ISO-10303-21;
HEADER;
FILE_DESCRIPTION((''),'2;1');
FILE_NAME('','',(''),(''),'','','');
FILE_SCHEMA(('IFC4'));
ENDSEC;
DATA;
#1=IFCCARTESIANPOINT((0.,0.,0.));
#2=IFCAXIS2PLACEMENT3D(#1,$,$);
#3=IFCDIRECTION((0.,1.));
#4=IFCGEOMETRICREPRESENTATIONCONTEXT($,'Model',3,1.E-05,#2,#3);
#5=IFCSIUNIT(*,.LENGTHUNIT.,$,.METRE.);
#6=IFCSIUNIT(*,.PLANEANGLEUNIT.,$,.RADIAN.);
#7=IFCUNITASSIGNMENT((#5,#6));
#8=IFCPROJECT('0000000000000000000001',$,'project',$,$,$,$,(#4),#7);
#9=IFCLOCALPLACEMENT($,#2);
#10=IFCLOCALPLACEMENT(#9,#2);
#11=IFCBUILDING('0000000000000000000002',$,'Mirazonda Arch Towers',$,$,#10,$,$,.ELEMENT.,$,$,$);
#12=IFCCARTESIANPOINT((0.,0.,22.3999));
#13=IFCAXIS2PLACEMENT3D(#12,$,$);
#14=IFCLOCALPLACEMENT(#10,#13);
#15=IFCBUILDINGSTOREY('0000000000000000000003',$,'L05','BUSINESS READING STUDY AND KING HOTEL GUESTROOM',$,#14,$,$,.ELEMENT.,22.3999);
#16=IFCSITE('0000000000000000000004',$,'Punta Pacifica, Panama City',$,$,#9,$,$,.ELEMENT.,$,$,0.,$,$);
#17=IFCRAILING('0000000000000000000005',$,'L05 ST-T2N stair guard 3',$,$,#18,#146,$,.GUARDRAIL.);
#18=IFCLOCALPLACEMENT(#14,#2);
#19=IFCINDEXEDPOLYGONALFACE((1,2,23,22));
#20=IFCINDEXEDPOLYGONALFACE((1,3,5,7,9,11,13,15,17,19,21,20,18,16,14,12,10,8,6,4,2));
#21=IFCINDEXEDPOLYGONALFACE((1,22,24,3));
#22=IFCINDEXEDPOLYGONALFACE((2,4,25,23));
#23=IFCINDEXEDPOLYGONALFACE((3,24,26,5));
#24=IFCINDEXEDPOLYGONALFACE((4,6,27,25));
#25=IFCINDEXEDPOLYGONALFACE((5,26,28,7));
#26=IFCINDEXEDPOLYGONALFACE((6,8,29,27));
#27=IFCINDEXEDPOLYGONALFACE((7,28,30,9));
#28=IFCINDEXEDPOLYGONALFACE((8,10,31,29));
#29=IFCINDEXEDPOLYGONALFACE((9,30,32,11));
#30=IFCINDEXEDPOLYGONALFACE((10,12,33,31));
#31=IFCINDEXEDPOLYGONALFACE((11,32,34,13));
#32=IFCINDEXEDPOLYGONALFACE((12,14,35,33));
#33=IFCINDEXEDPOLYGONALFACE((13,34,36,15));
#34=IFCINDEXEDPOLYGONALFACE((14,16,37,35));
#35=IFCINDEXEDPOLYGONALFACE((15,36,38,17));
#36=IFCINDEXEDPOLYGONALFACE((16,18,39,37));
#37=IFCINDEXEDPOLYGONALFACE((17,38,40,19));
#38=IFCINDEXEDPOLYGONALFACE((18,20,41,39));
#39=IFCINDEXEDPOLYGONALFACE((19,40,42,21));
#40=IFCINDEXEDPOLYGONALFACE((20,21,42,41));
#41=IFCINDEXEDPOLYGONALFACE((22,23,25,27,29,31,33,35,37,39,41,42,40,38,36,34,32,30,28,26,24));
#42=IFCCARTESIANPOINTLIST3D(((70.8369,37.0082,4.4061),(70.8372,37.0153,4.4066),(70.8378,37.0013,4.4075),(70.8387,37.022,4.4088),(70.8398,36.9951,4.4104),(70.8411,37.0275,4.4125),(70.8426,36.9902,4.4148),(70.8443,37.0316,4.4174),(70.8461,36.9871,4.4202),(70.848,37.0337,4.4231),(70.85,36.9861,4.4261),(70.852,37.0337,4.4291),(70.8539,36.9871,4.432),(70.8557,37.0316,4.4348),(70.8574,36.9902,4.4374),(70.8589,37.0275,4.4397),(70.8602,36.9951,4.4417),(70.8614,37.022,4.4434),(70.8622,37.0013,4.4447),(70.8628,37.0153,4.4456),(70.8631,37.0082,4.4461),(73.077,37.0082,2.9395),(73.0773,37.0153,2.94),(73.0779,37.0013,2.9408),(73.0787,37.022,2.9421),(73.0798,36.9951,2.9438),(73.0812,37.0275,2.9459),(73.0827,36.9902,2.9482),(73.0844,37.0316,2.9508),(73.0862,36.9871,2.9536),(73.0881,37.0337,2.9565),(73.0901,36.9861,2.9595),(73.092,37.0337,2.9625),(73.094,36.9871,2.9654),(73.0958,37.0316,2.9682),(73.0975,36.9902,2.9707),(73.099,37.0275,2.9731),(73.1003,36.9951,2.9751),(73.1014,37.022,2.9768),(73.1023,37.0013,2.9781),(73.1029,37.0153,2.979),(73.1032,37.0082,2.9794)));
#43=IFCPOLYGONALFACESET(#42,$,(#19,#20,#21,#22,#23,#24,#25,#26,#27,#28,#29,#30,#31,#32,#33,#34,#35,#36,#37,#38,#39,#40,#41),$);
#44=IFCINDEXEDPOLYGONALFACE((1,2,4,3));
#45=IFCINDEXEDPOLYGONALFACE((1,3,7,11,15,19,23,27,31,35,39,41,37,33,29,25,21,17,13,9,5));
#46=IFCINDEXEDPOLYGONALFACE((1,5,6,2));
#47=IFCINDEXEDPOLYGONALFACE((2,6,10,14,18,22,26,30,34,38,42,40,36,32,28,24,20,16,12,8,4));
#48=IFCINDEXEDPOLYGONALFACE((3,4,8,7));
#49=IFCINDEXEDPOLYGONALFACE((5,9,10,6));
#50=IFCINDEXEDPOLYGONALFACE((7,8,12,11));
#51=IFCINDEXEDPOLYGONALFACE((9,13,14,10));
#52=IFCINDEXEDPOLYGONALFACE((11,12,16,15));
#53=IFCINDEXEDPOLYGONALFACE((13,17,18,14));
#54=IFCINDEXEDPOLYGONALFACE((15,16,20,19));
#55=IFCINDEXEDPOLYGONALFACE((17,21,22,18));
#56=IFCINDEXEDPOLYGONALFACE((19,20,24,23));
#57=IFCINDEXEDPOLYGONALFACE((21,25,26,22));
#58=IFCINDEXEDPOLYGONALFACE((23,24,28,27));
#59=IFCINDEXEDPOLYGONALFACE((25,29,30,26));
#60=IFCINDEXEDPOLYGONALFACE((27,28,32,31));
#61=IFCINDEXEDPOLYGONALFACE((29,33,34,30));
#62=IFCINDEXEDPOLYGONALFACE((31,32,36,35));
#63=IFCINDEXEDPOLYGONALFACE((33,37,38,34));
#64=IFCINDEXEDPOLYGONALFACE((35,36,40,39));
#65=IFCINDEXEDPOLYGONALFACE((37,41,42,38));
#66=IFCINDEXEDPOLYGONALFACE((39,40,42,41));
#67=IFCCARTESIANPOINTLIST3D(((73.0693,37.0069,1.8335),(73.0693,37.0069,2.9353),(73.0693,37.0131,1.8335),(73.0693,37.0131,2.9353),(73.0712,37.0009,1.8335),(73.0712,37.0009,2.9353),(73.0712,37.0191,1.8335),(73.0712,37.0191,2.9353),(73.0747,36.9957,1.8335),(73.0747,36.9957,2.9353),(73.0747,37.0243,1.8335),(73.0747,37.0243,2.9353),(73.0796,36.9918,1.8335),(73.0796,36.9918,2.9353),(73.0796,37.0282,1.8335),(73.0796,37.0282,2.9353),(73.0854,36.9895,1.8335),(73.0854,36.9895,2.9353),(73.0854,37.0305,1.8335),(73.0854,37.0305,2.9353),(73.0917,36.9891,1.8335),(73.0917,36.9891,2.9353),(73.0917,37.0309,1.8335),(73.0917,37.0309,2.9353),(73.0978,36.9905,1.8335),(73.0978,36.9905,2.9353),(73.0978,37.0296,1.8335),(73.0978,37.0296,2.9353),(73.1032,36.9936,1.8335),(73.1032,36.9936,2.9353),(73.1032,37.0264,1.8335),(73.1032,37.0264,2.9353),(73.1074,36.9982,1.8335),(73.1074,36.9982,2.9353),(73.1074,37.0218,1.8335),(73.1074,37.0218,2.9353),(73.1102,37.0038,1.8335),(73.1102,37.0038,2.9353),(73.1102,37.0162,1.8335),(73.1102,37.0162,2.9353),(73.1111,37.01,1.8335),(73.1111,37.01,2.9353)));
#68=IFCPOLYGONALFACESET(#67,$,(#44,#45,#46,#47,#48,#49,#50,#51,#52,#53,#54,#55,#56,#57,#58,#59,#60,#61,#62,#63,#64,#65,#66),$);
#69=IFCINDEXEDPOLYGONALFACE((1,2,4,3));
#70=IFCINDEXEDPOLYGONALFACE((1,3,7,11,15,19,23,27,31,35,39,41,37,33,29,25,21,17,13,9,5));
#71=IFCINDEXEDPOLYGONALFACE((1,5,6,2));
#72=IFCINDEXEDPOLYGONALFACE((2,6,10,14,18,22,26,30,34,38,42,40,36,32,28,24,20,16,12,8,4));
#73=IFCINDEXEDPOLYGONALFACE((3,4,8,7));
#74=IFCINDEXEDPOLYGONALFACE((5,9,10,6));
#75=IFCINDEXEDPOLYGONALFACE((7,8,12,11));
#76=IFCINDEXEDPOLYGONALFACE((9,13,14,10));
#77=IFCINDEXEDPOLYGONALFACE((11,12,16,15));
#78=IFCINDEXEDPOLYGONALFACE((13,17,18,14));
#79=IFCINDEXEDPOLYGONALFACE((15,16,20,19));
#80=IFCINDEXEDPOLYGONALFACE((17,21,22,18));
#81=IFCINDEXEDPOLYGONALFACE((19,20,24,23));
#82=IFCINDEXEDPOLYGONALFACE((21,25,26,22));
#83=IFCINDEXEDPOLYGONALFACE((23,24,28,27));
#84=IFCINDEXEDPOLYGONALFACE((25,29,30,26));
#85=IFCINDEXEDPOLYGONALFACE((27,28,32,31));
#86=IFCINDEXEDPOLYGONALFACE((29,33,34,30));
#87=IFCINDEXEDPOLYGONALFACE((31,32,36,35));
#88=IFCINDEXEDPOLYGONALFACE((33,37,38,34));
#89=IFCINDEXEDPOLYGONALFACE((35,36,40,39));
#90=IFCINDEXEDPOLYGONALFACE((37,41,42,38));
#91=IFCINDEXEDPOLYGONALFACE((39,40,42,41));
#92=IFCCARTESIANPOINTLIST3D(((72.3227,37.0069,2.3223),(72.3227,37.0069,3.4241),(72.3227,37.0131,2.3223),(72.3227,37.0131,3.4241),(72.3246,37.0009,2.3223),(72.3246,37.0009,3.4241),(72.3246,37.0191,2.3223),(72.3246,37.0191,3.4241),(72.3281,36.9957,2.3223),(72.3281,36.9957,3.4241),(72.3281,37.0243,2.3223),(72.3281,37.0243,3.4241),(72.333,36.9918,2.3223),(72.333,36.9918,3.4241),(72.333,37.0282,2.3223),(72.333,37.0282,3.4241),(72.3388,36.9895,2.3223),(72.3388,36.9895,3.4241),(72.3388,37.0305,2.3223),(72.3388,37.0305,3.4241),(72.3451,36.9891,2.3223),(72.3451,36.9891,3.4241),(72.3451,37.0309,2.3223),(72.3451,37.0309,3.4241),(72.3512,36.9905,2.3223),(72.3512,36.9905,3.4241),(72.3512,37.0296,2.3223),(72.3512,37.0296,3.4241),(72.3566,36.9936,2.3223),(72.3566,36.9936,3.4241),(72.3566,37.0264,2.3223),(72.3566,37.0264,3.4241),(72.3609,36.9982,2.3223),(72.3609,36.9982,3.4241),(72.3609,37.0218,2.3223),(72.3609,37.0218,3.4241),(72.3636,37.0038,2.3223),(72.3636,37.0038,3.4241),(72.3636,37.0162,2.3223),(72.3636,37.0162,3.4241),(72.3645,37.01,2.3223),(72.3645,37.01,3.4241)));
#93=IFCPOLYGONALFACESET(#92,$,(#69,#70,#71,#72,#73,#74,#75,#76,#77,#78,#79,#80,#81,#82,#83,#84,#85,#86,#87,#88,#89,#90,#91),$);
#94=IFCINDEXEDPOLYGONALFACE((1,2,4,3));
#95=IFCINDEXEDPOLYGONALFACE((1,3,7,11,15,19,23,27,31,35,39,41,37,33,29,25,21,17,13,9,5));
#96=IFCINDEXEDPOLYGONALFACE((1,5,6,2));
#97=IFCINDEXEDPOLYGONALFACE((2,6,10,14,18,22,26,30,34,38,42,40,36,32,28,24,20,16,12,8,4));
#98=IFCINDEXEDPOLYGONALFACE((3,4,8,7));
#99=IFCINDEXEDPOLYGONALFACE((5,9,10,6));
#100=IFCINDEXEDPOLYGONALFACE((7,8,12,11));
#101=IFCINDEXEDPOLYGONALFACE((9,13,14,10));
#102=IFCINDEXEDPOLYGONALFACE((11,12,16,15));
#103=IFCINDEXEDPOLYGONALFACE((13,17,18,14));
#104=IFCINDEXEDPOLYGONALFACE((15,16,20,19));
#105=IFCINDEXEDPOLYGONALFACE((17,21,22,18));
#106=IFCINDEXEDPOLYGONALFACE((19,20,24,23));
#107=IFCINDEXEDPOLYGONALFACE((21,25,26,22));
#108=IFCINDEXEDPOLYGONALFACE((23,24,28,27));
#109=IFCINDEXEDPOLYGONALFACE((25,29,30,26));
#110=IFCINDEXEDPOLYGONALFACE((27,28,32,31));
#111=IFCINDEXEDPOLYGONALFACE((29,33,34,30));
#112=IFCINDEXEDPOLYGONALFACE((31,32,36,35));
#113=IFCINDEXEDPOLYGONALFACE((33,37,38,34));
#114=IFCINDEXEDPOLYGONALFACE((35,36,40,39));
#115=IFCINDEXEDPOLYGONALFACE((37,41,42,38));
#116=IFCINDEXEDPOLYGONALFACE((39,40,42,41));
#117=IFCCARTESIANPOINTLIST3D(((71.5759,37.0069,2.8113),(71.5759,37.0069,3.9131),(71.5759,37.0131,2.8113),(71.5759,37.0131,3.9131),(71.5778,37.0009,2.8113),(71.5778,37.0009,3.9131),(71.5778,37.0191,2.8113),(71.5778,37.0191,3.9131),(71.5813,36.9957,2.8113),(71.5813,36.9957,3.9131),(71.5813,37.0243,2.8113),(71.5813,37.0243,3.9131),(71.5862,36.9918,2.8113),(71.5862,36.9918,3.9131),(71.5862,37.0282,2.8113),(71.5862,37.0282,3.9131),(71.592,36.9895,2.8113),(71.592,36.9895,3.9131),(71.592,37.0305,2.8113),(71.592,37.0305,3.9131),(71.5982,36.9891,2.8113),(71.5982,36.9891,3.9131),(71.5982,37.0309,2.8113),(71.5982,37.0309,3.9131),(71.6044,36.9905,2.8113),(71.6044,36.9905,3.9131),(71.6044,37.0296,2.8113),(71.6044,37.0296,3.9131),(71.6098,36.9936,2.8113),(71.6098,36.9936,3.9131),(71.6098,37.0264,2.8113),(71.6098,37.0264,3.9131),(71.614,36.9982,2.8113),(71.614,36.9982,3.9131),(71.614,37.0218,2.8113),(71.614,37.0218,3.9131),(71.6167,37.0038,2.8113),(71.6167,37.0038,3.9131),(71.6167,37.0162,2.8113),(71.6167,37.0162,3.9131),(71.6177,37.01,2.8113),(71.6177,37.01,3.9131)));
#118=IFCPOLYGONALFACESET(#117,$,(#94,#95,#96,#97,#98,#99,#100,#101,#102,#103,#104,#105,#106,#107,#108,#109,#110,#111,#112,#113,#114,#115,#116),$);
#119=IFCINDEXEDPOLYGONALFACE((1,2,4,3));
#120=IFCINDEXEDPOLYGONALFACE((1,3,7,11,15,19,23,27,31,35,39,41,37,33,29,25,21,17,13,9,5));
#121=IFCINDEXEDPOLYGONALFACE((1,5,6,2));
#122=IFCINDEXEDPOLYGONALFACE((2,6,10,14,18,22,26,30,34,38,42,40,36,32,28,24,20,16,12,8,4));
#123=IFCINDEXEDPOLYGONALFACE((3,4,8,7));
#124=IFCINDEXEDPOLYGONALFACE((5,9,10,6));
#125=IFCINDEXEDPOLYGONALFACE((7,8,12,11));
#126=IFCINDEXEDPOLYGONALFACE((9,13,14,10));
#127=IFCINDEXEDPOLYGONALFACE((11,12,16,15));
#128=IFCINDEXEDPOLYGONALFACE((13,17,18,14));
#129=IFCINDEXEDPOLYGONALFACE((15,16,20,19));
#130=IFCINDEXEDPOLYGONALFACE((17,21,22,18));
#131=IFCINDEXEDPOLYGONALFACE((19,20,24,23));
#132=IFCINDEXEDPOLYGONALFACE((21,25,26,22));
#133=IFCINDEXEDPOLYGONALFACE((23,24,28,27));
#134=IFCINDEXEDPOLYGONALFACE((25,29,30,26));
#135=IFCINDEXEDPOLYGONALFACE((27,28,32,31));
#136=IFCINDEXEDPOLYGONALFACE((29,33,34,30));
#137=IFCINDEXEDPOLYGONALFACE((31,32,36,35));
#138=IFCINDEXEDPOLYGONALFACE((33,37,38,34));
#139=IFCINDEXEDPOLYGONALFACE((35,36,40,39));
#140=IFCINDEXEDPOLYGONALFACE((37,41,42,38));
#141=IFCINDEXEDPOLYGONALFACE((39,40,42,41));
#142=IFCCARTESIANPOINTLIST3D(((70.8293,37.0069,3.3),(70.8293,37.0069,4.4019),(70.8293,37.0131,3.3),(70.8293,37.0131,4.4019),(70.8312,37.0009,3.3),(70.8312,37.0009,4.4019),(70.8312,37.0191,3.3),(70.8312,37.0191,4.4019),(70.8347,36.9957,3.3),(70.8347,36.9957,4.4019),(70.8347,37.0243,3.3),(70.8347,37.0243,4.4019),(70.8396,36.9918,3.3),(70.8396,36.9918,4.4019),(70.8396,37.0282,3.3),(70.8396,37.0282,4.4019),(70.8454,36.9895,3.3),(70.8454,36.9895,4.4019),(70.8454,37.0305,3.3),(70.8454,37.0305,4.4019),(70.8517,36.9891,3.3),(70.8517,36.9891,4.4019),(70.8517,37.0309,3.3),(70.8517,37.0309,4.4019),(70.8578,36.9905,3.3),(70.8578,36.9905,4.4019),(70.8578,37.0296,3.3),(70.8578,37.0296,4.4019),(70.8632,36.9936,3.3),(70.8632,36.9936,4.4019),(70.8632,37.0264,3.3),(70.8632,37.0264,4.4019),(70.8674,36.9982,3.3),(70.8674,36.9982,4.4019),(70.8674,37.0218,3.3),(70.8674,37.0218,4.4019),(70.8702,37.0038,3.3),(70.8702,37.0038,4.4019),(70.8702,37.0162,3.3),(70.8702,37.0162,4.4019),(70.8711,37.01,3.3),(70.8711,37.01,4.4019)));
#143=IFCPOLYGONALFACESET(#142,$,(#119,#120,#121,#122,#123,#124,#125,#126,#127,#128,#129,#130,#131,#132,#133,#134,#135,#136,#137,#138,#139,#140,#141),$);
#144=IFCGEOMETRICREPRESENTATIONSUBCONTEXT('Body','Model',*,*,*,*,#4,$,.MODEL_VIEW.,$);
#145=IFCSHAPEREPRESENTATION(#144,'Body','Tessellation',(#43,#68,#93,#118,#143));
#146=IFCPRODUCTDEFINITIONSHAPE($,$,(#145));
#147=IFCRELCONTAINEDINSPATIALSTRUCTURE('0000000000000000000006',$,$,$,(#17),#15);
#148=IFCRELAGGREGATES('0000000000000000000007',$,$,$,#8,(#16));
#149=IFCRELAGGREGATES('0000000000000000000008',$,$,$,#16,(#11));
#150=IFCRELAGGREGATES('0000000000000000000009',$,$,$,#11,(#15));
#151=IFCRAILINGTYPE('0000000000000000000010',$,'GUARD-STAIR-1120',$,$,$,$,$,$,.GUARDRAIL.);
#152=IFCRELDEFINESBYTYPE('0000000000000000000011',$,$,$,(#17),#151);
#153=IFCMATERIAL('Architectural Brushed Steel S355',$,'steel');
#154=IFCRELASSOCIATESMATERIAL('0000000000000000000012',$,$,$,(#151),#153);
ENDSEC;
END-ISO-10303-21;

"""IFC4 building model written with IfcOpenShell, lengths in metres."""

from ifc_helpers import new_model, si_unit, direction, frame, origin, origin_2d, place, context, subcontext, project, spatial, circle, extrude, material, type_object, element, save


model = new_model("IFC4")

# Units and contexts
model_context = context("Model", 3, precision=1e-05, world=origin(), true_north=direction((0.0, 1.0)))
body_context = subcontext(model_context, "Body", "Model", "MODEL_VIEW")
ifc_project = project(units=[si_unit("LENGTHUNIT", "METRE"), si_unit("PLANEANGLEUNIT", "RADIAN")], contexts=[model_context])

# Site, building, storey
site_placement = place(None, origin())
site = spatial("IfcSite", under=ifc_project, at=site_placement, Name="Punta Pacifica, Panama City", CompositionType="ELEMENT", RefElevation=0.0)
building_placement = place(site_placement, origin())
building = spatial("IfcBuilding", under=site, at=building_placement, Name="Mirazonda Arch Towers", CompositionType="ELEMENT")
storey_placement = place(building_placement, frame((0.0, 0.0, 22.3999)))
storey = spatial("IfcBuildingStorey", under=building, at=storey_placement, Name="L05", Description="BUSINESS READING STUDY AND KING HOTEL GUESTROOM", CompositionType="ELEMENT", Elevation=22.3999)

# Shared definitions
ifc_material_1 = material(Name="Architectural Brushed Steel S355", Category="steel")

# Railing
railing_type_1 = type_object("IfcRailingType", Name="GUARD-STAIR-1120", PredefinedType="GUARDRAIL", material=ifc_material_1)
railing_1_placement = place(storey_placement, frame((73.0901, 37.01, 1.8335)))
element("IfcRailing", 1, at=railing_1_placement, inside=storey, type_object=railing_type_1, Name="L05 ST-T2N stair guard 3", PredefinedType="GUARDRAIL", context=body_context, shape_type="SweptSolid", body=[
    extrude(circle(Radius=0.0239, at=origin_2d()), frame((0.0, 0.0, 1.126), z_axis=(-0.836637, 0.0, 0.547758), x_axis=(0.0, -1.0, 0.0)), (0.0, 0.0, 1.0), 2.6775),
    extrude(circle(Radius=0.021, at=origin_2d()), origin(), (0.0, 0.0, 1.0), 1.1018),
    extrude(circle(Radius=0.021, at=origin_2d()), frame((-0.7466, 0.0, 0.4888)), (0.0, 0.0, 1.0), 1.1018),
    extrude(circle(Radius=0.021, at=origin_2d()), frame((-1.4934, 0.0, 0.9778)), (0.0, 0.0, 1.0), 1.1018),
    extrude(circle(Radius=0.021, at=origin_2d()), frame((-2.24, 0.0, 1.4666)), (0.0, 0.0, 1.0), 1.1018),
])

save(model, "model.ifc")
